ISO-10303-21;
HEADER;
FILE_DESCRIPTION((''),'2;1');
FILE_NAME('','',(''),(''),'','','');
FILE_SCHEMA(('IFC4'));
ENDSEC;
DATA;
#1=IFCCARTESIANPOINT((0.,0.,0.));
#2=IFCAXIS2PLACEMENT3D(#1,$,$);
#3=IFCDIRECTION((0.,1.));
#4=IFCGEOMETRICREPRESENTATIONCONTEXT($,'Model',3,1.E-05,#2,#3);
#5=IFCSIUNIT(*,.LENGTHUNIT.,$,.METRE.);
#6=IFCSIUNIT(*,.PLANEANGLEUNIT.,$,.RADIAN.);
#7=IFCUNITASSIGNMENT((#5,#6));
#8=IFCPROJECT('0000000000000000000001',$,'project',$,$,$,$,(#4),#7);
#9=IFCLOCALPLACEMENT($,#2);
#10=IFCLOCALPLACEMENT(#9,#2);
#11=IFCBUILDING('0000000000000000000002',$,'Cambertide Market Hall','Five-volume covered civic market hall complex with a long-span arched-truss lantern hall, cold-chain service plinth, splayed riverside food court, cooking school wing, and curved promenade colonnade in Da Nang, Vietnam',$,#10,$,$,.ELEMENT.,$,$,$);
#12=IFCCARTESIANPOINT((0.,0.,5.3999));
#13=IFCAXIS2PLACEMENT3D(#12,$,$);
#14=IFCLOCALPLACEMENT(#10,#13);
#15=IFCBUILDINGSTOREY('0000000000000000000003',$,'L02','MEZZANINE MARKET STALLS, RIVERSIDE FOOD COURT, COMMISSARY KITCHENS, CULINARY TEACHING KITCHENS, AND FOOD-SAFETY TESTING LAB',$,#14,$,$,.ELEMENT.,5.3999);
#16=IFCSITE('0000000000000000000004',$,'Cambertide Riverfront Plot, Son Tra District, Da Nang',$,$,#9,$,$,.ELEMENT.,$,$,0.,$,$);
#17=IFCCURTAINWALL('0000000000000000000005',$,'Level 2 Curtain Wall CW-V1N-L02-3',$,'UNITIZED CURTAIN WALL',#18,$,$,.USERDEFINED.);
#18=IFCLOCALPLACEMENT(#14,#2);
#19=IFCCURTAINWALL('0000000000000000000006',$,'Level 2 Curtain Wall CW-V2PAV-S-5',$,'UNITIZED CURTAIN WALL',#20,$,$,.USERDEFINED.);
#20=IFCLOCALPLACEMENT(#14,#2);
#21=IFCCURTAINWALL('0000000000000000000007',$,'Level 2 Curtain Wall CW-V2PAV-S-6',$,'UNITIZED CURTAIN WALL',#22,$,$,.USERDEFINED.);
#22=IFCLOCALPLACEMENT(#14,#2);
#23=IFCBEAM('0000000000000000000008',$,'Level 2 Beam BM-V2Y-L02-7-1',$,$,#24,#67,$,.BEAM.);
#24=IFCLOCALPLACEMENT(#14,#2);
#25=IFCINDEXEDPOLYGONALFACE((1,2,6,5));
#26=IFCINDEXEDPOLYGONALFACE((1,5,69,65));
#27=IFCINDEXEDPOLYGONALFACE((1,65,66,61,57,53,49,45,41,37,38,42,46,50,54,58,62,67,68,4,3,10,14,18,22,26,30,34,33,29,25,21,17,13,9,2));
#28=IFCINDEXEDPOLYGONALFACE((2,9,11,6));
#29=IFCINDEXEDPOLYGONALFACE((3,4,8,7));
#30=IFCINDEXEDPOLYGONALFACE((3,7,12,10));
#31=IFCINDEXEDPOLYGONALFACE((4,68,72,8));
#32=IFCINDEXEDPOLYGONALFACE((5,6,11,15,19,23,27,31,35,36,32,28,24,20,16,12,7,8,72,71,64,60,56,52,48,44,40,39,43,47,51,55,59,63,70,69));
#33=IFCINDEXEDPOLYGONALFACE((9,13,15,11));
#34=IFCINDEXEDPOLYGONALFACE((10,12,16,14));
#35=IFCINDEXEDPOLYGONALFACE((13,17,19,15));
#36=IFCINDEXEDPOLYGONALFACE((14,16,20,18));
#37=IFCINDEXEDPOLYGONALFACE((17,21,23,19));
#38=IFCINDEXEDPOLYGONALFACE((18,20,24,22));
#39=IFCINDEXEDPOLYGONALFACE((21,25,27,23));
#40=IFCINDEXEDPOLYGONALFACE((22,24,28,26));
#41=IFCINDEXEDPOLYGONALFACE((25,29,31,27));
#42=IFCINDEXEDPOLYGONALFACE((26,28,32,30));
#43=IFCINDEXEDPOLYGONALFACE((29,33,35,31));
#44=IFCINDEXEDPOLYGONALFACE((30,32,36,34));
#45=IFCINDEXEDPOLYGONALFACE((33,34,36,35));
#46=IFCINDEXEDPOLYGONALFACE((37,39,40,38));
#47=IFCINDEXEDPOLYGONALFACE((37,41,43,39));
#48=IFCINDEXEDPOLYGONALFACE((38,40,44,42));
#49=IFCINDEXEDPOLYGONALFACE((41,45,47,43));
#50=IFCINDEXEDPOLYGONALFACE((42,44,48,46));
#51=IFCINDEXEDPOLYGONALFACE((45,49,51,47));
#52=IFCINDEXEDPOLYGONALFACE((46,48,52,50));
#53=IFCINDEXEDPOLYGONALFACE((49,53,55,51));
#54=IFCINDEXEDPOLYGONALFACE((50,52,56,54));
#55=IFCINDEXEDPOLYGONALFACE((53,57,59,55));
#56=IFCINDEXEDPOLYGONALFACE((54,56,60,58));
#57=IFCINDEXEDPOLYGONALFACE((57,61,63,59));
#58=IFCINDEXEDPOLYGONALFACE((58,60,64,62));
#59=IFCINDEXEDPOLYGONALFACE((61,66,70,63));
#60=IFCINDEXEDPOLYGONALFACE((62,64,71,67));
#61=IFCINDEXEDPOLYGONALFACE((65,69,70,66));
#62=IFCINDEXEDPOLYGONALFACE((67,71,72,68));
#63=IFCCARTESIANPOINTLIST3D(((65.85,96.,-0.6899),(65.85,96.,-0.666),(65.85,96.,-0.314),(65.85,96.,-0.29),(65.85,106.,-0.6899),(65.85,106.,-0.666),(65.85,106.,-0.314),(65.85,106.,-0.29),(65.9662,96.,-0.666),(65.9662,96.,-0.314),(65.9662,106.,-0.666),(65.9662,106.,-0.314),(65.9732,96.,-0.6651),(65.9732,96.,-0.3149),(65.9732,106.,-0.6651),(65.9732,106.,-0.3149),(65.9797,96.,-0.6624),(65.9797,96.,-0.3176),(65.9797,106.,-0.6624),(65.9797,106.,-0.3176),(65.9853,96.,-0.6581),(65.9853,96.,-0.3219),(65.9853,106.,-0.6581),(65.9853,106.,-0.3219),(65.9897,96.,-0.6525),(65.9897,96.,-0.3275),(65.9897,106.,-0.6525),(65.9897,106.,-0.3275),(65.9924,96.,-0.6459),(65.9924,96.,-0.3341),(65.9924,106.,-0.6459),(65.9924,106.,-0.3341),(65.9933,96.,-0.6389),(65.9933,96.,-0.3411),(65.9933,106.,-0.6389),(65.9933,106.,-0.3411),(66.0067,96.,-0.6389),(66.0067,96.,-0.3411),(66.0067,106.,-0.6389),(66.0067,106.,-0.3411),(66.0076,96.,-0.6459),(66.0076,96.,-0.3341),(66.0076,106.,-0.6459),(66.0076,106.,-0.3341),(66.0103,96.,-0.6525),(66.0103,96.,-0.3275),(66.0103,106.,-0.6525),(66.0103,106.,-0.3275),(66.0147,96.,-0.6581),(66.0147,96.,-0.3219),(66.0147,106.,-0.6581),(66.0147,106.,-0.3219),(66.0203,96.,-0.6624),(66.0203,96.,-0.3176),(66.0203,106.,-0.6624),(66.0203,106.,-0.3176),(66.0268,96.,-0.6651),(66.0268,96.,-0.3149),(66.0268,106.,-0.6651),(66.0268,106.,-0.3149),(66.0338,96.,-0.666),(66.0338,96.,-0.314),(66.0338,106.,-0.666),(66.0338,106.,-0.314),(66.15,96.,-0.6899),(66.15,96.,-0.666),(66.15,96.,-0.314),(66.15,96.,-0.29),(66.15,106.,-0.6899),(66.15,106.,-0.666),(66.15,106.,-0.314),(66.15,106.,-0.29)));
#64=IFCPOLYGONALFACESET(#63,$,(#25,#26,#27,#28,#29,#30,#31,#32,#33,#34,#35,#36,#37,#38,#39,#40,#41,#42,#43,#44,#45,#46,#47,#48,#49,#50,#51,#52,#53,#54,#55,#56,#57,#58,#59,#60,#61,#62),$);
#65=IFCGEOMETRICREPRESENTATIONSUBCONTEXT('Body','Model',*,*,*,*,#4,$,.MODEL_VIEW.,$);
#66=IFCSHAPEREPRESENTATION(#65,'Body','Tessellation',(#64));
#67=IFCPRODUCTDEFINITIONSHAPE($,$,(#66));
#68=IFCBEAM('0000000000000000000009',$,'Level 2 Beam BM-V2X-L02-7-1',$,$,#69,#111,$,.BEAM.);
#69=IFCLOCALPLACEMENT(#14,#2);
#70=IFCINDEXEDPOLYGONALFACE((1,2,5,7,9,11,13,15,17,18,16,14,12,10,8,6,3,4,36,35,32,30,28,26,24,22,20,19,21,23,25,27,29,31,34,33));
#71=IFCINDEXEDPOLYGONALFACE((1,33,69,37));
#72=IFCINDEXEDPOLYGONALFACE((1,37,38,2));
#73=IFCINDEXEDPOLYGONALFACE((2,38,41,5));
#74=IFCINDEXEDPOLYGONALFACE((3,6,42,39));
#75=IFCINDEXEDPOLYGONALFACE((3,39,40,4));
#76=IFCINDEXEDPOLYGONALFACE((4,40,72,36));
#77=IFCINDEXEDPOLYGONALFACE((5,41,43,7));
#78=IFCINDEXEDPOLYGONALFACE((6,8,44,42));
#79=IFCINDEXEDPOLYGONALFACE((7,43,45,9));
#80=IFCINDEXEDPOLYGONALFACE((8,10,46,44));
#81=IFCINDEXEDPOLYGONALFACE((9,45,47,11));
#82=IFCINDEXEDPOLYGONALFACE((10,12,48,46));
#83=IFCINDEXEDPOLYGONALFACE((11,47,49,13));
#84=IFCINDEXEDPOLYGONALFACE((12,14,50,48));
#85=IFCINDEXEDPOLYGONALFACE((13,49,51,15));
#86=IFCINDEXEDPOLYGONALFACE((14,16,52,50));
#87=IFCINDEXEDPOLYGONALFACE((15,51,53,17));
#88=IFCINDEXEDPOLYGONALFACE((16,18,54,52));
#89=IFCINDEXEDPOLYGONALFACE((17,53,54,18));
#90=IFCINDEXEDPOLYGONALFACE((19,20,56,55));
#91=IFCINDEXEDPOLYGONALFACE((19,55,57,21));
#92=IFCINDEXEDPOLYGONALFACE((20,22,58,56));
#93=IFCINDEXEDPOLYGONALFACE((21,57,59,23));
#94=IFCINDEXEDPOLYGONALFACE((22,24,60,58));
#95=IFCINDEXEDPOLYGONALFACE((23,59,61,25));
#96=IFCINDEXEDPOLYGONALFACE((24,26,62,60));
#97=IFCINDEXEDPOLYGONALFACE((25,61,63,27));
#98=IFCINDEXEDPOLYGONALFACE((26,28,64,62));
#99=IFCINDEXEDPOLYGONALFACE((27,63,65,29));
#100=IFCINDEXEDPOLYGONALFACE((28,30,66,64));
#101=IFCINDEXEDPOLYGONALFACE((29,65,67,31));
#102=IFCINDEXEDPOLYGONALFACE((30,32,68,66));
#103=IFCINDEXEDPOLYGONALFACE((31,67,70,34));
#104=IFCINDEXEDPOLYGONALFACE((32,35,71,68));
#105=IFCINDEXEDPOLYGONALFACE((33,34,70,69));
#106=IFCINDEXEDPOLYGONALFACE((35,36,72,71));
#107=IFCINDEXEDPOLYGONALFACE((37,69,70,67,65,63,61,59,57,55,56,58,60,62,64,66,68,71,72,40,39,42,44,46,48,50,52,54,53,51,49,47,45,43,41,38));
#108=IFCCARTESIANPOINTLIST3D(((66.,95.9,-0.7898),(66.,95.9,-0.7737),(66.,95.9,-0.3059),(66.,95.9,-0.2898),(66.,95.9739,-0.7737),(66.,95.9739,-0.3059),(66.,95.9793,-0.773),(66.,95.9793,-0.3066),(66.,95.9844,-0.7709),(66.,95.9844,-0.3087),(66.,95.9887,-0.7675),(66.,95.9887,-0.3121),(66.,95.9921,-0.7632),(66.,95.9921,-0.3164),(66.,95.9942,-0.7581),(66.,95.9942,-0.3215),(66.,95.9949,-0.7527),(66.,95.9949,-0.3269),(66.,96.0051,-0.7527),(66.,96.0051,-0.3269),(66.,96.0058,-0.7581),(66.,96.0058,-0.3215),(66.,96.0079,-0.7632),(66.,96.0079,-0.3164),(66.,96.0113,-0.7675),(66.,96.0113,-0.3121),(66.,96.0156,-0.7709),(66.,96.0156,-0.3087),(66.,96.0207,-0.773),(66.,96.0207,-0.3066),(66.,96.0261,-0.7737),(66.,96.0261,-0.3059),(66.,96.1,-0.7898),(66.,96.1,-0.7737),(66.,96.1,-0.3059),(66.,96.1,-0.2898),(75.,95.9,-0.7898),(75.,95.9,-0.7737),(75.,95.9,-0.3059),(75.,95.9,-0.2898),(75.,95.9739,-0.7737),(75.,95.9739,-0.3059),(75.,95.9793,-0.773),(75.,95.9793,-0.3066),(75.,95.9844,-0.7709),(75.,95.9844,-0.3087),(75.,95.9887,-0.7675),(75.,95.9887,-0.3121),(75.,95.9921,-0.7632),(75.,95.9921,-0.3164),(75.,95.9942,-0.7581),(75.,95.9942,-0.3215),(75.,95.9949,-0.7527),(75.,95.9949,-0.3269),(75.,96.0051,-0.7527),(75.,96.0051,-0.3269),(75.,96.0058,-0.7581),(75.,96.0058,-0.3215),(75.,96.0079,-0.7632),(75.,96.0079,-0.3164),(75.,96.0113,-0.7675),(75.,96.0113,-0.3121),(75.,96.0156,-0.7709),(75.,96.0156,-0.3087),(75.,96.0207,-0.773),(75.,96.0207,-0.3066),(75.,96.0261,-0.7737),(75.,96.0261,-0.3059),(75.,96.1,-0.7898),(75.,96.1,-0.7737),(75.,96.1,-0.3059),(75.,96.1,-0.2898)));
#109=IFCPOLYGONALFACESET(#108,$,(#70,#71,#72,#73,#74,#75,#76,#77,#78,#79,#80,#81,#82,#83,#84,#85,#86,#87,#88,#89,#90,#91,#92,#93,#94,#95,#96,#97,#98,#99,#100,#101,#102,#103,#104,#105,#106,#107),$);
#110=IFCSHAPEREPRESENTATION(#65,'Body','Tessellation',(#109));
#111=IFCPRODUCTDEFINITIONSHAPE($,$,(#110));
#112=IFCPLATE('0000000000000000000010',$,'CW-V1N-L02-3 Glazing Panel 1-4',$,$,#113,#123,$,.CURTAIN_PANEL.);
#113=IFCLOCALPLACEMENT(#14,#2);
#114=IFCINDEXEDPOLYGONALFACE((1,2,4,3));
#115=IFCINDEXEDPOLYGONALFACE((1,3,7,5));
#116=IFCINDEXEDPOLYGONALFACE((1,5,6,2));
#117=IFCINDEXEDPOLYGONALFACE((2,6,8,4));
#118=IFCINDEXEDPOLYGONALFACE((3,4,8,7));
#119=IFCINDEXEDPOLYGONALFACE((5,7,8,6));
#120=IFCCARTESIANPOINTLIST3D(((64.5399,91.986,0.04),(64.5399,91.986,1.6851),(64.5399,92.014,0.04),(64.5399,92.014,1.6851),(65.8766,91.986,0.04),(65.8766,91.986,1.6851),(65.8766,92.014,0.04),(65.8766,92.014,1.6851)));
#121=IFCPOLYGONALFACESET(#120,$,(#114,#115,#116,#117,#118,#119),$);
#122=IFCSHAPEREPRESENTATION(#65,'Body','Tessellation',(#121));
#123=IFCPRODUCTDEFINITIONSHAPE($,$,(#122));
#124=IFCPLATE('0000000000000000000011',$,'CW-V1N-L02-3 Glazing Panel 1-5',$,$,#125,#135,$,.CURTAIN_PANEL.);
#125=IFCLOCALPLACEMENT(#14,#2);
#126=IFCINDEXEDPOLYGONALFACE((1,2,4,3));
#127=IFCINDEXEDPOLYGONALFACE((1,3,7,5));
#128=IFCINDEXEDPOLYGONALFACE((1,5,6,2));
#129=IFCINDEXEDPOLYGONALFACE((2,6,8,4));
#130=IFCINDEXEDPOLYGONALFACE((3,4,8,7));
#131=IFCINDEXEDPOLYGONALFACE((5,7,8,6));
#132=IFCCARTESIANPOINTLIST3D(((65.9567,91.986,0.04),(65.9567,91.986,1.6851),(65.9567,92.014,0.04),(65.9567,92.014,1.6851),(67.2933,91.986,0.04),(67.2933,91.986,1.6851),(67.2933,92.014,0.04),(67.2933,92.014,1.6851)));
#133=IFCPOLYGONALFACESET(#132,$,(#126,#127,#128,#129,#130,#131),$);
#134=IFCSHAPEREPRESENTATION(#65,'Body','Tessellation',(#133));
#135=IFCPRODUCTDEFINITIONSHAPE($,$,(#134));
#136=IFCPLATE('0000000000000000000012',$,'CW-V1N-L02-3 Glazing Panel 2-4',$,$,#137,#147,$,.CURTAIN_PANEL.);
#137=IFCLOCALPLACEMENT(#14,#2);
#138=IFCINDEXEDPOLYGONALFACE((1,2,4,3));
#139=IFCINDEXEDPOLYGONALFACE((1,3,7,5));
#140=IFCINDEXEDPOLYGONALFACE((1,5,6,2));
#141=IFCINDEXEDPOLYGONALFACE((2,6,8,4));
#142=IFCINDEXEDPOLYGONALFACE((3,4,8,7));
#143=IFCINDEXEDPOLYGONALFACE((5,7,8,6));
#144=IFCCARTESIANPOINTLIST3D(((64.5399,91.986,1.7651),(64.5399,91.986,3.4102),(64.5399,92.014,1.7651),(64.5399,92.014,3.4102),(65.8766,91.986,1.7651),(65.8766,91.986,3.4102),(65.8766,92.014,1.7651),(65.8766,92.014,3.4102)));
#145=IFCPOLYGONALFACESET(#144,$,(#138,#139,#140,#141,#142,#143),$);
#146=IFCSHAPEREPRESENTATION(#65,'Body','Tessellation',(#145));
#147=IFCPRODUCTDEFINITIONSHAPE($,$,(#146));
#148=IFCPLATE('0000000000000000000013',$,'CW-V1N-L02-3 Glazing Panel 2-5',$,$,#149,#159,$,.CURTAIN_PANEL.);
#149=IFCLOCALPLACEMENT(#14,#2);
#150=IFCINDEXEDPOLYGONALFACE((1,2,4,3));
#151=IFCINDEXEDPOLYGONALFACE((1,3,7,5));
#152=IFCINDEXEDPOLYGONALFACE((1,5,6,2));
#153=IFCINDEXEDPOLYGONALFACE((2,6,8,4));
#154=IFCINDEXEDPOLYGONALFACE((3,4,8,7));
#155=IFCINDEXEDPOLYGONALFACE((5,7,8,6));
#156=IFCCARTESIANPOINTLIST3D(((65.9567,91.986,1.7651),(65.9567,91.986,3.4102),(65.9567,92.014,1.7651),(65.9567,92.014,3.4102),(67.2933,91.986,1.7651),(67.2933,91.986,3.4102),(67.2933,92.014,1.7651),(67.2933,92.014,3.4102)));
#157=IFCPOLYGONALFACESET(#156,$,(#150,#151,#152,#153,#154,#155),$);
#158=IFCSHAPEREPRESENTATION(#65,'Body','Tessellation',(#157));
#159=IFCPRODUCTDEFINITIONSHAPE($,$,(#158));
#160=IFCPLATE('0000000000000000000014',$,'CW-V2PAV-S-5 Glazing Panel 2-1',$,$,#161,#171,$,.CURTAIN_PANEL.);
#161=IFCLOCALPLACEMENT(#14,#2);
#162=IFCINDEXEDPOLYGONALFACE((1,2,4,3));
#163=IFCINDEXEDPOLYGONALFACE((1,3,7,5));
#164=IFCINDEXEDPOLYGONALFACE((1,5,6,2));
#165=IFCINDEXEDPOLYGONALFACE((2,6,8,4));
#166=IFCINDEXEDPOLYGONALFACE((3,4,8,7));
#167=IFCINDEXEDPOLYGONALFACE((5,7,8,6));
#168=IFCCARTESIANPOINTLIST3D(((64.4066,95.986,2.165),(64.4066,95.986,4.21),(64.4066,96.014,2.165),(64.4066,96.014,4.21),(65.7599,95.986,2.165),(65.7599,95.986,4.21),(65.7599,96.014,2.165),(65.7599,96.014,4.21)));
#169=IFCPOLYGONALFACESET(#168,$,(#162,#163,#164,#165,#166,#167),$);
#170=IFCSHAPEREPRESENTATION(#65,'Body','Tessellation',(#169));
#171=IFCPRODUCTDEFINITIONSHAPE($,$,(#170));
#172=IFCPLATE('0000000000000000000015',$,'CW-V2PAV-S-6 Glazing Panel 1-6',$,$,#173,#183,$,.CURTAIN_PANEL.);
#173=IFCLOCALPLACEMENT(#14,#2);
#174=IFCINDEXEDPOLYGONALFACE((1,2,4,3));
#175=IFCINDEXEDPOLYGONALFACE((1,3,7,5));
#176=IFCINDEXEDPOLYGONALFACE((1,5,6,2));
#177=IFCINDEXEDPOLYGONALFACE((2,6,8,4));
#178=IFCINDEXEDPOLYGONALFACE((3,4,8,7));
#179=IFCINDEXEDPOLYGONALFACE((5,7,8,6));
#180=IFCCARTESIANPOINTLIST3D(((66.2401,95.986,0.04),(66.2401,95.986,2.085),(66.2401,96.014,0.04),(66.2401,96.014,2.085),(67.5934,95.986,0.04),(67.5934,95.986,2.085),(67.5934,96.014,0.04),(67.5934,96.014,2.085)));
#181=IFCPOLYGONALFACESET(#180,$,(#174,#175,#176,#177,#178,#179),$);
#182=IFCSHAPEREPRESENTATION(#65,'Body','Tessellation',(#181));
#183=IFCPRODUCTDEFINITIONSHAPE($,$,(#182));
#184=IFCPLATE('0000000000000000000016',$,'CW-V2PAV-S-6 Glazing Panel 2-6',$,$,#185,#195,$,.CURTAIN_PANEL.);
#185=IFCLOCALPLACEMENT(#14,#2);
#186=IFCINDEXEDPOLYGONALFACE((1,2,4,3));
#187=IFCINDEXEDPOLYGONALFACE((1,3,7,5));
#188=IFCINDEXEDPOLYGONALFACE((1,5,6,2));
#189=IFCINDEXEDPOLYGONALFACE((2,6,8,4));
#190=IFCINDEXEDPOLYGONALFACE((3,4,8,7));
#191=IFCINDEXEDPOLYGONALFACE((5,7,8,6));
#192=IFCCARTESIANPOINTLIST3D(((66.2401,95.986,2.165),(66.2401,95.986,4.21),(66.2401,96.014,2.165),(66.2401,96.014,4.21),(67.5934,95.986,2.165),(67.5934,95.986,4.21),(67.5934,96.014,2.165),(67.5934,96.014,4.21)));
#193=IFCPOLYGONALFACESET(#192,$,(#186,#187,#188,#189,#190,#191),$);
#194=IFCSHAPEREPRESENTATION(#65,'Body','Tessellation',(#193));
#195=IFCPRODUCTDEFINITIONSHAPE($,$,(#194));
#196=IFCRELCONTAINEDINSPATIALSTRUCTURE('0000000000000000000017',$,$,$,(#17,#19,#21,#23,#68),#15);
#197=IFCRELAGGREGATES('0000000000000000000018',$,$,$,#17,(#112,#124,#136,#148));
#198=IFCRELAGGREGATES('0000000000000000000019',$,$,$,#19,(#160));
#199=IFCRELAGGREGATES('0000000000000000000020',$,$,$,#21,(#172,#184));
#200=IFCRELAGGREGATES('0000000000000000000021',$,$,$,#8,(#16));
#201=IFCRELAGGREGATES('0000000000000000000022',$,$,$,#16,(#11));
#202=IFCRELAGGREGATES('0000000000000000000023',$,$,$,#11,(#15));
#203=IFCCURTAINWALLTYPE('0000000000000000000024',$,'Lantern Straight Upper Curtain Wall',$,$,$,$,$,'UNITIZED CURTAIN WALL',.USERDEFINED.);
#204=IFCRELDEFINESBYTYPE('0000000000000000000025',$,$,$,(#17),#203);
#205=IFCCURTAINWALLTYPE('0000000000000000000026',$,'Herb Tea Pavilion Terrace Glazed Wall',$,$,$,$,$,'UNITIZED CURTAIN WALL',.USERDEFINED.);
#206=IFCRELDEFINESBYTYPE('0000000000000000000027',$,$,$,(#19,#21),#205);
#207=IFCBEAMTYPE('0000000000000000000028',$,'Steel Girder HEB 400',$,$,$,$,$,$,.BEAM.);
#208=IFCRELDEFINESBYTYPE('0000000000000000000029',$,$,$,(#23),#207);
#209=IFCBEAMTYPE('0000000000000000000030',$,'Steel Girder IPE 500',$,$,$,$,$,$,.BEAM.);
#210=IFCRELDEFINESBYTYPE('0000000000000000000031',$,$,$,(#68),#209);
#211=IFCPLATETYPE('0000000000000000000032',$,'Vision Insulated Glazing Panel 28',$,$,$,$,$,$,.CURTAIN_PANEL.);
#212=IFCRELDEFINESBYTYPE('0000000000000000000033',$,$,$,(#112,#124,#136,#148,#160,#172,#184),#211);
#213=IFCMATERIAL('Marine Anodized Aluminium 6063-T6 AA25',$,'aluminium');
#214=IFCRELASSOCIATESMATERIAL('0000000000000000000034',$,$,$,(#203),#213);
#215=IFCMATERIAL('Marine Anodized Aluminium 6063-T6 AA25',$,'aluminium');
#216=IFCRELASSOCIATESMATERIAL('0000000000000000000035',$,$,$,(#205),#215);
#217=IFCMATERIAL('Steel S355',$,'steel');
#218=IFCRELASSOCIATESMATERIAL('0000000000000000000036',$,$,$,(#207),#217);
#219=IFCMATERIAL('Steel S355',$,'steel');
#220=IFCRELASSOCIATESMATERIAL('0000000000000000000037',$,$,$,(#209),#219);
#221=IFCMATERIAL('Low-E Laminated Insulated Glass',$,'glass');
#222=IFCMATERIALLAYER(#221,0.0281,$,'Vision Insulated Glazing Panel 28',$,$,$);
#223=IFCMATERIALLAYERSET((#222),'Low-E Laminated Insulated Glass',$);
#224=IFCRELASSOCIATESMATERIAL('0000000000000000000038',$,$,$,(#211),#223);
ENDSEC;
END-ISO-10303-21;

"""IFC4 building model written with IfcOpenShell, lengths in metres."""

from ifc_helpers import new_model, si_unit, direction, frame, origin, origin_2d, place, context, subcontext, project, spatial, rectangle, i_section, extrude, material, layer, layer_set, material_profile, profile_set, type_object, element, aggregate, save


model = new_model("IFC4")

# Units and contexts
model_context = context("Model", 3, precision=1e-05, world=origin(), true_north=direction((0.0, 1.0)))
body_context = subcontext(model_context, "Body", "Model", "MODEL_VIEW")
ifc_project = project(units=[si_unit("LENGTHUNIT", "METRE"), si_unit("PLANEANGLEUNIT", "RADIAN")], contexts=[model_context])

# Site, building, storey
site_placement = place(None, origin())
site = spatial("IfcSite", under=ifc_project, at=site_placement, Name="Cambertide Riverfront Plot, Son Tra District, Da Nang", CompositionType="ELEMENT", RefElevation=0.0)
building_placement = place(site_placement, origin())
building = spatial("IfcBuilding", under=site, at=building_placement, Name="Cambertide Market Hall", Description="Five-volume covered civic market hall complex with a long-span arched-truss lantern hall, cold-chain service plinth, splayed riverside food court, cooking school wing, and curved promenade colonnade in Da Nang, Vietnam", CompositionType="ELEMENT")
storey_placement = place(building_placement, frame((0.0, 0.0, 5.3999)))
storey = spatial("IfcBuildingStorey", under=building, at=storey_placement, Name="L02", Description="MEZZANINE MARKET STALLS, RIVERSIDE FOOD COURT, COMMISSARY KITCHENS, CULINARY TEACHING KITCHENS, AND FOOD-SAFETY TESTING LAB", CompositionType="ELEMENT", Elevation=5.3999)

# Curtain wall
ifc_material_1 = material(Name="Marine Anodized Aluminium 6063-T6 AA25", Category="aluminium")
curtain_wall_type_1 = type_object("IfcCurtainWallType", Name="Lantern Straight Upper Curtain Wall", ElementType="UNITIZED CURTAIN WALL", PredefinedType="USERDEFINED", material=ifc_material_1)
curtain_wall_1_placement = place(storey_placement, origin())
curtain_wall_1 = element("IfcCurtainWall", 1, at=curtain_wall_1_placement, inside=storey, type_object=curtain_wall_type_1, Name="Level 2 Curtain Wall CW-V1N-L02-3", ObjectType="UNITIZED CURTAIN WALL", PredefinedType="USERDEFINED")

# Curtain walls
ifc_material_2 = material(Name="Marine Anodized Aluminium 6063-T6 AA25", Category="aluminium")
curtain_wall_type_2 = type_object("IfcCurtainWallType", Name="Herb Tea Pavilion Terrace Glazed Wall", ElementType="UNITIZED CURTAIN WALL", PredefinedType="USERDEFINED", material=ifc_material_2)
curtain_wall_2_placement = place(storey_placement, origin())
curtain_wall_2 = element("IfcCurtainWall", 2, at=curtain_wall_2_placement, inside=storey, type_object=curtain_wall_type_2, Name="Level 2 Curtain Wall CW-V2PAV-S-5", ObjectType="UNITIZED CURTAIN WALL", PredefinedType="USERDEFINED")
curtain_wall_3_placement = place(storey_placement, origin())
curtain_wall_3 = element("IfcCurtainWall", 3, at=curtain_wall_3_placement, inside=storey, type_object=curtain_wall_type_2, Name="Level 2 Curtain Wall CW-V2PAV-S-6", ObjectType="UNITIZED CURTAIN WALL", PredefinedType="USERDEFINED")

# Beams
ifc_material_3 = material(Name="Steel S355", Category="steel")
ifc_material_profile_1 = material_profile(ifc_material_3, i_section(OverallWidth=0.3, OverallDepth=0.3999, WebThickness=0.0134, FlangeThickness=0.0239, FilletRadius=0.0271, at=origin_2d()), Name="HEB 400")
ifc_profile_set_1 = profile_set([ifc_material_profile_1], Name="Steel S355")
beam_type_1 = type_object("IfcBeamType", Name="Steel Girder HEB 400", PredefinedType="BEAM", material=ifc_profile_set_1)
beam_1_placement = place(storey_placement, frame((66.0, 96.0, -0.49), z_axis=(0.0, 1.0, 0.0), x_axis=(-1.0, 0.0, 0.0)))
element("IfcBeam", 4, at=beam_1_placement, inside=storey, type_object=beam_type_1, Name="Level 2 Beam BM-V2Y-L02-7-1", PredefinedType="BEAM", context=body_context, shape_type="SweptSolid", body=[
    extrude(i_section(OverallWidth=0.3, OverallDepth=0.3999, WebThickness=0.0134, FlangeThickness=0.0239, FilletRadius=0.0271, at=origin_2d()), origin(), (0.0, 0.0, 1.0), 10.0),
])
ifc_material_4 = material(Name="Steel S355", Category="steel")
ifc_material_profile_2 = material_profile(ifc_material_4, i_section(OverallWidth=0.2, OverallDepth=0.5, WebThickness=0.0103, FlangeThickness=0.0161, FilletRadius=0.021, at=origin_2d()), Name="IPE 500")
ifc_profile_set_2 = profile_set([ifc_material_profile_2], Name="Steel S355")
beam_type_2 = type_object("IfcBeamType", Name="Steel Girder IPE 500", PredefinedType="BEAM", material=ifc_profile_set_2)
beam_2_placement = place(storey_placement, frame((66.0, 96.0, -0.5398), z_axis=(1.0, 0.0, 0.0), x_axis=(0.0, 1.0, 0.0)))
element("IfcBeam", 5, at=beam_2_placement, inside=storey, type_object=beam_type_2, Name="Level 2 Beam BM-V2X-L02-7-1", PredefinedType="BEAM", context=body_context, shape_type="SweptSolid", body=[
    extrude(i_section(OverallWidth=0.2, OverallDepth=0.5, WebThickness=0.0103, FlangeThickness=0.0161, FilletRadius=0.021, at=origin_2d()), origin(), (0.0, 0.0, 1.0), 9.0),
])

# Plates
ifc_material_5 = material(Name="Low-E Laminated Insulated Glass", Category="glass")
ifc_layer_1 = layer(ifc_material_5, 0.0281, Name="Vision Insulated Glazing Panel 28")
ifc_layer_set_1 = layer_set([ifc_layer_1], Name="Low-E Laminated Insulated Glass")
plate_type = type_object("IfcPlateType", Name="Vision Insulated Glazing Panel 28", PredefinedType="CURTAIN_PANEL", material=ifc_layer_set_1)
plate_1_placement = place(storey_placement, frame((65.2083, 92.0, 0.04), z_axis=(0.0, 0.0, 1.0), x_axis=(1.0, 0.0, 0.0)))
plate_1 = element("IfcPlate", 6, at=plate_1_placement, type_object=plate_type, Name="CW-V1N-L02-3 Glazing Panel 1-4", PredefinedType="CURTAIN_PANEL", context=body_context, shape_type="SweptSolid", body=[
    extrude(rectangle(XDim=1.3367, YDim=0.0281, at=origin_2d()), origin(), (0.0, 0.0, 1.0), 1.645),
])
plate_2_placement = place(storey_placement, frame((66.625, 92.0, 0.04), z_axis=(0.0, 0.0, 1.0), x_axis=(1.0, 0.0, 0.0)))
plate_2 = element("IfcPlate", 7, at=plate_2_placement, type_object=plate_type, Name="CW-V1N-L02-3 Glazing Panel 1-5", PredefinedType="CURTAIN_PANEL", context=body_context, shape_type="SweptSolid", body=[
    extrude(rectangle(XDim=1.3367, YDim=0.0281, at=origin_2d()), origin(), (0.0, 0.0, 1.0), 1.645),
])
plate_3_placement = place(storey_placement, frame((65.2083, 92.0, 1.7651), z_axis=(0.0, 0.0, 1.0), x_axis=(1.0, 0.0, 0.0)))
plate_3 = element("IfcPlate", 8, at=plate_3_placement, type_object=plate_type, Name="CW-V1N-L02-3 Glazing Panel 2-4", PredefinedType="CURTAIN_PANEL", context=body_context, shape_type="SweptSolid", body=[
    extrude(rectangle(XDim=1.3367, YDim=0.0281, at=origin_2d()), origin(), (0.0, 0.0, 1.0), 1.645),
])
plate_4_placement = place(storey_placement, frame((66.625, 92.0, 1.7651), z_axis=(0.0, 0.0, 1.0), x_axis=(1.0, 0.0, 0.0)))
plate_4 = element("IfcPlate", 9, at=plate_4_placement, type_object=plate_type, Name="CW-V1N-L02-3 Glazing Panel 2-5", PredefinedType="CURTAIN_PANEL", context=body_context, shape_type="SweptSolid", body=[
    extrude(rectangle(XDim=1.3367, YDim=0.0281, at=origin_2d()), origin(), (0.0, 0.0, 1.0), 1.645),
])
aggregate(curtain_wall_1, [plate_1, plate_2, plate_3, plate_4])
plate_5_placement = place(storey_placement, frame((65.0833, 96.0, 2.165), z_axis=(0.0, 0.0, 1.0), x_axis=(-1.0, 0.0, 0.0)))
plate_5 = element("IfcPlate", 10, at=plate_5_placement, type_object=plate_type, Name="CW-V2PAV-S-5 Glazing Panel 2-1", PredefinedType="CURTAIN_PANEL", context=body_context, shape_type="SweptSolid", body=[
    extrude(rectangle(XDim=1.3533, YDim=0.0281, at=origin_2d()), origin(), (0.0, 0.0, 1.0), 2.0449),
])
aggregate(curtain_wall_2, [plate_5])
plate_6_placement = place(storey_placement, frame((66.9167, 96.0, 0.04), z_axis=(0.0, 0.0, 1.0), x_axis=(-1.0, 0.0, 0.0)))
plate_6 = element("IfcPlate", 11, at=plate_6_placement, type_object=plate_type, Name="CW-V2PAV-S-6 Glazing Panel 1-6", PredefinedType="CURTAIN_PANEL", context=body_context, shape_type="SweptSolid", body=[
    extrude(rectangle(XDim=1.3533, YDim=0.0281, at=origin_2d()), origin(), (0.0, 0.0, 1.0), 2.0449),
])
plate_7_placement = place(storey_placement, frame((66.9167, 96.0, 2.165), z_axis=(0.0, 0.0, 1.0), x_axis=(-1.0, 0.0, 0.0)))
plate_7 = element("IfcPlate", 12, at=plate_7_placement, type_object=plate_type, Name="CW-V2PAV-S-6 Glazing Panel 2-6", PredefinedType="CURTAIN_PANEL", context=body_context, shape_type="SweptSolid", body=[
    extrude(rectangle(XDim=1.3533, YDim=0.0281, at=origin_2d()), origin(), (0.0, 0.0, 1.0), 2.0449),
])
aggregate(curtain_wall_3, [plate_6, plate_7])

save(model, "model.ifc")
